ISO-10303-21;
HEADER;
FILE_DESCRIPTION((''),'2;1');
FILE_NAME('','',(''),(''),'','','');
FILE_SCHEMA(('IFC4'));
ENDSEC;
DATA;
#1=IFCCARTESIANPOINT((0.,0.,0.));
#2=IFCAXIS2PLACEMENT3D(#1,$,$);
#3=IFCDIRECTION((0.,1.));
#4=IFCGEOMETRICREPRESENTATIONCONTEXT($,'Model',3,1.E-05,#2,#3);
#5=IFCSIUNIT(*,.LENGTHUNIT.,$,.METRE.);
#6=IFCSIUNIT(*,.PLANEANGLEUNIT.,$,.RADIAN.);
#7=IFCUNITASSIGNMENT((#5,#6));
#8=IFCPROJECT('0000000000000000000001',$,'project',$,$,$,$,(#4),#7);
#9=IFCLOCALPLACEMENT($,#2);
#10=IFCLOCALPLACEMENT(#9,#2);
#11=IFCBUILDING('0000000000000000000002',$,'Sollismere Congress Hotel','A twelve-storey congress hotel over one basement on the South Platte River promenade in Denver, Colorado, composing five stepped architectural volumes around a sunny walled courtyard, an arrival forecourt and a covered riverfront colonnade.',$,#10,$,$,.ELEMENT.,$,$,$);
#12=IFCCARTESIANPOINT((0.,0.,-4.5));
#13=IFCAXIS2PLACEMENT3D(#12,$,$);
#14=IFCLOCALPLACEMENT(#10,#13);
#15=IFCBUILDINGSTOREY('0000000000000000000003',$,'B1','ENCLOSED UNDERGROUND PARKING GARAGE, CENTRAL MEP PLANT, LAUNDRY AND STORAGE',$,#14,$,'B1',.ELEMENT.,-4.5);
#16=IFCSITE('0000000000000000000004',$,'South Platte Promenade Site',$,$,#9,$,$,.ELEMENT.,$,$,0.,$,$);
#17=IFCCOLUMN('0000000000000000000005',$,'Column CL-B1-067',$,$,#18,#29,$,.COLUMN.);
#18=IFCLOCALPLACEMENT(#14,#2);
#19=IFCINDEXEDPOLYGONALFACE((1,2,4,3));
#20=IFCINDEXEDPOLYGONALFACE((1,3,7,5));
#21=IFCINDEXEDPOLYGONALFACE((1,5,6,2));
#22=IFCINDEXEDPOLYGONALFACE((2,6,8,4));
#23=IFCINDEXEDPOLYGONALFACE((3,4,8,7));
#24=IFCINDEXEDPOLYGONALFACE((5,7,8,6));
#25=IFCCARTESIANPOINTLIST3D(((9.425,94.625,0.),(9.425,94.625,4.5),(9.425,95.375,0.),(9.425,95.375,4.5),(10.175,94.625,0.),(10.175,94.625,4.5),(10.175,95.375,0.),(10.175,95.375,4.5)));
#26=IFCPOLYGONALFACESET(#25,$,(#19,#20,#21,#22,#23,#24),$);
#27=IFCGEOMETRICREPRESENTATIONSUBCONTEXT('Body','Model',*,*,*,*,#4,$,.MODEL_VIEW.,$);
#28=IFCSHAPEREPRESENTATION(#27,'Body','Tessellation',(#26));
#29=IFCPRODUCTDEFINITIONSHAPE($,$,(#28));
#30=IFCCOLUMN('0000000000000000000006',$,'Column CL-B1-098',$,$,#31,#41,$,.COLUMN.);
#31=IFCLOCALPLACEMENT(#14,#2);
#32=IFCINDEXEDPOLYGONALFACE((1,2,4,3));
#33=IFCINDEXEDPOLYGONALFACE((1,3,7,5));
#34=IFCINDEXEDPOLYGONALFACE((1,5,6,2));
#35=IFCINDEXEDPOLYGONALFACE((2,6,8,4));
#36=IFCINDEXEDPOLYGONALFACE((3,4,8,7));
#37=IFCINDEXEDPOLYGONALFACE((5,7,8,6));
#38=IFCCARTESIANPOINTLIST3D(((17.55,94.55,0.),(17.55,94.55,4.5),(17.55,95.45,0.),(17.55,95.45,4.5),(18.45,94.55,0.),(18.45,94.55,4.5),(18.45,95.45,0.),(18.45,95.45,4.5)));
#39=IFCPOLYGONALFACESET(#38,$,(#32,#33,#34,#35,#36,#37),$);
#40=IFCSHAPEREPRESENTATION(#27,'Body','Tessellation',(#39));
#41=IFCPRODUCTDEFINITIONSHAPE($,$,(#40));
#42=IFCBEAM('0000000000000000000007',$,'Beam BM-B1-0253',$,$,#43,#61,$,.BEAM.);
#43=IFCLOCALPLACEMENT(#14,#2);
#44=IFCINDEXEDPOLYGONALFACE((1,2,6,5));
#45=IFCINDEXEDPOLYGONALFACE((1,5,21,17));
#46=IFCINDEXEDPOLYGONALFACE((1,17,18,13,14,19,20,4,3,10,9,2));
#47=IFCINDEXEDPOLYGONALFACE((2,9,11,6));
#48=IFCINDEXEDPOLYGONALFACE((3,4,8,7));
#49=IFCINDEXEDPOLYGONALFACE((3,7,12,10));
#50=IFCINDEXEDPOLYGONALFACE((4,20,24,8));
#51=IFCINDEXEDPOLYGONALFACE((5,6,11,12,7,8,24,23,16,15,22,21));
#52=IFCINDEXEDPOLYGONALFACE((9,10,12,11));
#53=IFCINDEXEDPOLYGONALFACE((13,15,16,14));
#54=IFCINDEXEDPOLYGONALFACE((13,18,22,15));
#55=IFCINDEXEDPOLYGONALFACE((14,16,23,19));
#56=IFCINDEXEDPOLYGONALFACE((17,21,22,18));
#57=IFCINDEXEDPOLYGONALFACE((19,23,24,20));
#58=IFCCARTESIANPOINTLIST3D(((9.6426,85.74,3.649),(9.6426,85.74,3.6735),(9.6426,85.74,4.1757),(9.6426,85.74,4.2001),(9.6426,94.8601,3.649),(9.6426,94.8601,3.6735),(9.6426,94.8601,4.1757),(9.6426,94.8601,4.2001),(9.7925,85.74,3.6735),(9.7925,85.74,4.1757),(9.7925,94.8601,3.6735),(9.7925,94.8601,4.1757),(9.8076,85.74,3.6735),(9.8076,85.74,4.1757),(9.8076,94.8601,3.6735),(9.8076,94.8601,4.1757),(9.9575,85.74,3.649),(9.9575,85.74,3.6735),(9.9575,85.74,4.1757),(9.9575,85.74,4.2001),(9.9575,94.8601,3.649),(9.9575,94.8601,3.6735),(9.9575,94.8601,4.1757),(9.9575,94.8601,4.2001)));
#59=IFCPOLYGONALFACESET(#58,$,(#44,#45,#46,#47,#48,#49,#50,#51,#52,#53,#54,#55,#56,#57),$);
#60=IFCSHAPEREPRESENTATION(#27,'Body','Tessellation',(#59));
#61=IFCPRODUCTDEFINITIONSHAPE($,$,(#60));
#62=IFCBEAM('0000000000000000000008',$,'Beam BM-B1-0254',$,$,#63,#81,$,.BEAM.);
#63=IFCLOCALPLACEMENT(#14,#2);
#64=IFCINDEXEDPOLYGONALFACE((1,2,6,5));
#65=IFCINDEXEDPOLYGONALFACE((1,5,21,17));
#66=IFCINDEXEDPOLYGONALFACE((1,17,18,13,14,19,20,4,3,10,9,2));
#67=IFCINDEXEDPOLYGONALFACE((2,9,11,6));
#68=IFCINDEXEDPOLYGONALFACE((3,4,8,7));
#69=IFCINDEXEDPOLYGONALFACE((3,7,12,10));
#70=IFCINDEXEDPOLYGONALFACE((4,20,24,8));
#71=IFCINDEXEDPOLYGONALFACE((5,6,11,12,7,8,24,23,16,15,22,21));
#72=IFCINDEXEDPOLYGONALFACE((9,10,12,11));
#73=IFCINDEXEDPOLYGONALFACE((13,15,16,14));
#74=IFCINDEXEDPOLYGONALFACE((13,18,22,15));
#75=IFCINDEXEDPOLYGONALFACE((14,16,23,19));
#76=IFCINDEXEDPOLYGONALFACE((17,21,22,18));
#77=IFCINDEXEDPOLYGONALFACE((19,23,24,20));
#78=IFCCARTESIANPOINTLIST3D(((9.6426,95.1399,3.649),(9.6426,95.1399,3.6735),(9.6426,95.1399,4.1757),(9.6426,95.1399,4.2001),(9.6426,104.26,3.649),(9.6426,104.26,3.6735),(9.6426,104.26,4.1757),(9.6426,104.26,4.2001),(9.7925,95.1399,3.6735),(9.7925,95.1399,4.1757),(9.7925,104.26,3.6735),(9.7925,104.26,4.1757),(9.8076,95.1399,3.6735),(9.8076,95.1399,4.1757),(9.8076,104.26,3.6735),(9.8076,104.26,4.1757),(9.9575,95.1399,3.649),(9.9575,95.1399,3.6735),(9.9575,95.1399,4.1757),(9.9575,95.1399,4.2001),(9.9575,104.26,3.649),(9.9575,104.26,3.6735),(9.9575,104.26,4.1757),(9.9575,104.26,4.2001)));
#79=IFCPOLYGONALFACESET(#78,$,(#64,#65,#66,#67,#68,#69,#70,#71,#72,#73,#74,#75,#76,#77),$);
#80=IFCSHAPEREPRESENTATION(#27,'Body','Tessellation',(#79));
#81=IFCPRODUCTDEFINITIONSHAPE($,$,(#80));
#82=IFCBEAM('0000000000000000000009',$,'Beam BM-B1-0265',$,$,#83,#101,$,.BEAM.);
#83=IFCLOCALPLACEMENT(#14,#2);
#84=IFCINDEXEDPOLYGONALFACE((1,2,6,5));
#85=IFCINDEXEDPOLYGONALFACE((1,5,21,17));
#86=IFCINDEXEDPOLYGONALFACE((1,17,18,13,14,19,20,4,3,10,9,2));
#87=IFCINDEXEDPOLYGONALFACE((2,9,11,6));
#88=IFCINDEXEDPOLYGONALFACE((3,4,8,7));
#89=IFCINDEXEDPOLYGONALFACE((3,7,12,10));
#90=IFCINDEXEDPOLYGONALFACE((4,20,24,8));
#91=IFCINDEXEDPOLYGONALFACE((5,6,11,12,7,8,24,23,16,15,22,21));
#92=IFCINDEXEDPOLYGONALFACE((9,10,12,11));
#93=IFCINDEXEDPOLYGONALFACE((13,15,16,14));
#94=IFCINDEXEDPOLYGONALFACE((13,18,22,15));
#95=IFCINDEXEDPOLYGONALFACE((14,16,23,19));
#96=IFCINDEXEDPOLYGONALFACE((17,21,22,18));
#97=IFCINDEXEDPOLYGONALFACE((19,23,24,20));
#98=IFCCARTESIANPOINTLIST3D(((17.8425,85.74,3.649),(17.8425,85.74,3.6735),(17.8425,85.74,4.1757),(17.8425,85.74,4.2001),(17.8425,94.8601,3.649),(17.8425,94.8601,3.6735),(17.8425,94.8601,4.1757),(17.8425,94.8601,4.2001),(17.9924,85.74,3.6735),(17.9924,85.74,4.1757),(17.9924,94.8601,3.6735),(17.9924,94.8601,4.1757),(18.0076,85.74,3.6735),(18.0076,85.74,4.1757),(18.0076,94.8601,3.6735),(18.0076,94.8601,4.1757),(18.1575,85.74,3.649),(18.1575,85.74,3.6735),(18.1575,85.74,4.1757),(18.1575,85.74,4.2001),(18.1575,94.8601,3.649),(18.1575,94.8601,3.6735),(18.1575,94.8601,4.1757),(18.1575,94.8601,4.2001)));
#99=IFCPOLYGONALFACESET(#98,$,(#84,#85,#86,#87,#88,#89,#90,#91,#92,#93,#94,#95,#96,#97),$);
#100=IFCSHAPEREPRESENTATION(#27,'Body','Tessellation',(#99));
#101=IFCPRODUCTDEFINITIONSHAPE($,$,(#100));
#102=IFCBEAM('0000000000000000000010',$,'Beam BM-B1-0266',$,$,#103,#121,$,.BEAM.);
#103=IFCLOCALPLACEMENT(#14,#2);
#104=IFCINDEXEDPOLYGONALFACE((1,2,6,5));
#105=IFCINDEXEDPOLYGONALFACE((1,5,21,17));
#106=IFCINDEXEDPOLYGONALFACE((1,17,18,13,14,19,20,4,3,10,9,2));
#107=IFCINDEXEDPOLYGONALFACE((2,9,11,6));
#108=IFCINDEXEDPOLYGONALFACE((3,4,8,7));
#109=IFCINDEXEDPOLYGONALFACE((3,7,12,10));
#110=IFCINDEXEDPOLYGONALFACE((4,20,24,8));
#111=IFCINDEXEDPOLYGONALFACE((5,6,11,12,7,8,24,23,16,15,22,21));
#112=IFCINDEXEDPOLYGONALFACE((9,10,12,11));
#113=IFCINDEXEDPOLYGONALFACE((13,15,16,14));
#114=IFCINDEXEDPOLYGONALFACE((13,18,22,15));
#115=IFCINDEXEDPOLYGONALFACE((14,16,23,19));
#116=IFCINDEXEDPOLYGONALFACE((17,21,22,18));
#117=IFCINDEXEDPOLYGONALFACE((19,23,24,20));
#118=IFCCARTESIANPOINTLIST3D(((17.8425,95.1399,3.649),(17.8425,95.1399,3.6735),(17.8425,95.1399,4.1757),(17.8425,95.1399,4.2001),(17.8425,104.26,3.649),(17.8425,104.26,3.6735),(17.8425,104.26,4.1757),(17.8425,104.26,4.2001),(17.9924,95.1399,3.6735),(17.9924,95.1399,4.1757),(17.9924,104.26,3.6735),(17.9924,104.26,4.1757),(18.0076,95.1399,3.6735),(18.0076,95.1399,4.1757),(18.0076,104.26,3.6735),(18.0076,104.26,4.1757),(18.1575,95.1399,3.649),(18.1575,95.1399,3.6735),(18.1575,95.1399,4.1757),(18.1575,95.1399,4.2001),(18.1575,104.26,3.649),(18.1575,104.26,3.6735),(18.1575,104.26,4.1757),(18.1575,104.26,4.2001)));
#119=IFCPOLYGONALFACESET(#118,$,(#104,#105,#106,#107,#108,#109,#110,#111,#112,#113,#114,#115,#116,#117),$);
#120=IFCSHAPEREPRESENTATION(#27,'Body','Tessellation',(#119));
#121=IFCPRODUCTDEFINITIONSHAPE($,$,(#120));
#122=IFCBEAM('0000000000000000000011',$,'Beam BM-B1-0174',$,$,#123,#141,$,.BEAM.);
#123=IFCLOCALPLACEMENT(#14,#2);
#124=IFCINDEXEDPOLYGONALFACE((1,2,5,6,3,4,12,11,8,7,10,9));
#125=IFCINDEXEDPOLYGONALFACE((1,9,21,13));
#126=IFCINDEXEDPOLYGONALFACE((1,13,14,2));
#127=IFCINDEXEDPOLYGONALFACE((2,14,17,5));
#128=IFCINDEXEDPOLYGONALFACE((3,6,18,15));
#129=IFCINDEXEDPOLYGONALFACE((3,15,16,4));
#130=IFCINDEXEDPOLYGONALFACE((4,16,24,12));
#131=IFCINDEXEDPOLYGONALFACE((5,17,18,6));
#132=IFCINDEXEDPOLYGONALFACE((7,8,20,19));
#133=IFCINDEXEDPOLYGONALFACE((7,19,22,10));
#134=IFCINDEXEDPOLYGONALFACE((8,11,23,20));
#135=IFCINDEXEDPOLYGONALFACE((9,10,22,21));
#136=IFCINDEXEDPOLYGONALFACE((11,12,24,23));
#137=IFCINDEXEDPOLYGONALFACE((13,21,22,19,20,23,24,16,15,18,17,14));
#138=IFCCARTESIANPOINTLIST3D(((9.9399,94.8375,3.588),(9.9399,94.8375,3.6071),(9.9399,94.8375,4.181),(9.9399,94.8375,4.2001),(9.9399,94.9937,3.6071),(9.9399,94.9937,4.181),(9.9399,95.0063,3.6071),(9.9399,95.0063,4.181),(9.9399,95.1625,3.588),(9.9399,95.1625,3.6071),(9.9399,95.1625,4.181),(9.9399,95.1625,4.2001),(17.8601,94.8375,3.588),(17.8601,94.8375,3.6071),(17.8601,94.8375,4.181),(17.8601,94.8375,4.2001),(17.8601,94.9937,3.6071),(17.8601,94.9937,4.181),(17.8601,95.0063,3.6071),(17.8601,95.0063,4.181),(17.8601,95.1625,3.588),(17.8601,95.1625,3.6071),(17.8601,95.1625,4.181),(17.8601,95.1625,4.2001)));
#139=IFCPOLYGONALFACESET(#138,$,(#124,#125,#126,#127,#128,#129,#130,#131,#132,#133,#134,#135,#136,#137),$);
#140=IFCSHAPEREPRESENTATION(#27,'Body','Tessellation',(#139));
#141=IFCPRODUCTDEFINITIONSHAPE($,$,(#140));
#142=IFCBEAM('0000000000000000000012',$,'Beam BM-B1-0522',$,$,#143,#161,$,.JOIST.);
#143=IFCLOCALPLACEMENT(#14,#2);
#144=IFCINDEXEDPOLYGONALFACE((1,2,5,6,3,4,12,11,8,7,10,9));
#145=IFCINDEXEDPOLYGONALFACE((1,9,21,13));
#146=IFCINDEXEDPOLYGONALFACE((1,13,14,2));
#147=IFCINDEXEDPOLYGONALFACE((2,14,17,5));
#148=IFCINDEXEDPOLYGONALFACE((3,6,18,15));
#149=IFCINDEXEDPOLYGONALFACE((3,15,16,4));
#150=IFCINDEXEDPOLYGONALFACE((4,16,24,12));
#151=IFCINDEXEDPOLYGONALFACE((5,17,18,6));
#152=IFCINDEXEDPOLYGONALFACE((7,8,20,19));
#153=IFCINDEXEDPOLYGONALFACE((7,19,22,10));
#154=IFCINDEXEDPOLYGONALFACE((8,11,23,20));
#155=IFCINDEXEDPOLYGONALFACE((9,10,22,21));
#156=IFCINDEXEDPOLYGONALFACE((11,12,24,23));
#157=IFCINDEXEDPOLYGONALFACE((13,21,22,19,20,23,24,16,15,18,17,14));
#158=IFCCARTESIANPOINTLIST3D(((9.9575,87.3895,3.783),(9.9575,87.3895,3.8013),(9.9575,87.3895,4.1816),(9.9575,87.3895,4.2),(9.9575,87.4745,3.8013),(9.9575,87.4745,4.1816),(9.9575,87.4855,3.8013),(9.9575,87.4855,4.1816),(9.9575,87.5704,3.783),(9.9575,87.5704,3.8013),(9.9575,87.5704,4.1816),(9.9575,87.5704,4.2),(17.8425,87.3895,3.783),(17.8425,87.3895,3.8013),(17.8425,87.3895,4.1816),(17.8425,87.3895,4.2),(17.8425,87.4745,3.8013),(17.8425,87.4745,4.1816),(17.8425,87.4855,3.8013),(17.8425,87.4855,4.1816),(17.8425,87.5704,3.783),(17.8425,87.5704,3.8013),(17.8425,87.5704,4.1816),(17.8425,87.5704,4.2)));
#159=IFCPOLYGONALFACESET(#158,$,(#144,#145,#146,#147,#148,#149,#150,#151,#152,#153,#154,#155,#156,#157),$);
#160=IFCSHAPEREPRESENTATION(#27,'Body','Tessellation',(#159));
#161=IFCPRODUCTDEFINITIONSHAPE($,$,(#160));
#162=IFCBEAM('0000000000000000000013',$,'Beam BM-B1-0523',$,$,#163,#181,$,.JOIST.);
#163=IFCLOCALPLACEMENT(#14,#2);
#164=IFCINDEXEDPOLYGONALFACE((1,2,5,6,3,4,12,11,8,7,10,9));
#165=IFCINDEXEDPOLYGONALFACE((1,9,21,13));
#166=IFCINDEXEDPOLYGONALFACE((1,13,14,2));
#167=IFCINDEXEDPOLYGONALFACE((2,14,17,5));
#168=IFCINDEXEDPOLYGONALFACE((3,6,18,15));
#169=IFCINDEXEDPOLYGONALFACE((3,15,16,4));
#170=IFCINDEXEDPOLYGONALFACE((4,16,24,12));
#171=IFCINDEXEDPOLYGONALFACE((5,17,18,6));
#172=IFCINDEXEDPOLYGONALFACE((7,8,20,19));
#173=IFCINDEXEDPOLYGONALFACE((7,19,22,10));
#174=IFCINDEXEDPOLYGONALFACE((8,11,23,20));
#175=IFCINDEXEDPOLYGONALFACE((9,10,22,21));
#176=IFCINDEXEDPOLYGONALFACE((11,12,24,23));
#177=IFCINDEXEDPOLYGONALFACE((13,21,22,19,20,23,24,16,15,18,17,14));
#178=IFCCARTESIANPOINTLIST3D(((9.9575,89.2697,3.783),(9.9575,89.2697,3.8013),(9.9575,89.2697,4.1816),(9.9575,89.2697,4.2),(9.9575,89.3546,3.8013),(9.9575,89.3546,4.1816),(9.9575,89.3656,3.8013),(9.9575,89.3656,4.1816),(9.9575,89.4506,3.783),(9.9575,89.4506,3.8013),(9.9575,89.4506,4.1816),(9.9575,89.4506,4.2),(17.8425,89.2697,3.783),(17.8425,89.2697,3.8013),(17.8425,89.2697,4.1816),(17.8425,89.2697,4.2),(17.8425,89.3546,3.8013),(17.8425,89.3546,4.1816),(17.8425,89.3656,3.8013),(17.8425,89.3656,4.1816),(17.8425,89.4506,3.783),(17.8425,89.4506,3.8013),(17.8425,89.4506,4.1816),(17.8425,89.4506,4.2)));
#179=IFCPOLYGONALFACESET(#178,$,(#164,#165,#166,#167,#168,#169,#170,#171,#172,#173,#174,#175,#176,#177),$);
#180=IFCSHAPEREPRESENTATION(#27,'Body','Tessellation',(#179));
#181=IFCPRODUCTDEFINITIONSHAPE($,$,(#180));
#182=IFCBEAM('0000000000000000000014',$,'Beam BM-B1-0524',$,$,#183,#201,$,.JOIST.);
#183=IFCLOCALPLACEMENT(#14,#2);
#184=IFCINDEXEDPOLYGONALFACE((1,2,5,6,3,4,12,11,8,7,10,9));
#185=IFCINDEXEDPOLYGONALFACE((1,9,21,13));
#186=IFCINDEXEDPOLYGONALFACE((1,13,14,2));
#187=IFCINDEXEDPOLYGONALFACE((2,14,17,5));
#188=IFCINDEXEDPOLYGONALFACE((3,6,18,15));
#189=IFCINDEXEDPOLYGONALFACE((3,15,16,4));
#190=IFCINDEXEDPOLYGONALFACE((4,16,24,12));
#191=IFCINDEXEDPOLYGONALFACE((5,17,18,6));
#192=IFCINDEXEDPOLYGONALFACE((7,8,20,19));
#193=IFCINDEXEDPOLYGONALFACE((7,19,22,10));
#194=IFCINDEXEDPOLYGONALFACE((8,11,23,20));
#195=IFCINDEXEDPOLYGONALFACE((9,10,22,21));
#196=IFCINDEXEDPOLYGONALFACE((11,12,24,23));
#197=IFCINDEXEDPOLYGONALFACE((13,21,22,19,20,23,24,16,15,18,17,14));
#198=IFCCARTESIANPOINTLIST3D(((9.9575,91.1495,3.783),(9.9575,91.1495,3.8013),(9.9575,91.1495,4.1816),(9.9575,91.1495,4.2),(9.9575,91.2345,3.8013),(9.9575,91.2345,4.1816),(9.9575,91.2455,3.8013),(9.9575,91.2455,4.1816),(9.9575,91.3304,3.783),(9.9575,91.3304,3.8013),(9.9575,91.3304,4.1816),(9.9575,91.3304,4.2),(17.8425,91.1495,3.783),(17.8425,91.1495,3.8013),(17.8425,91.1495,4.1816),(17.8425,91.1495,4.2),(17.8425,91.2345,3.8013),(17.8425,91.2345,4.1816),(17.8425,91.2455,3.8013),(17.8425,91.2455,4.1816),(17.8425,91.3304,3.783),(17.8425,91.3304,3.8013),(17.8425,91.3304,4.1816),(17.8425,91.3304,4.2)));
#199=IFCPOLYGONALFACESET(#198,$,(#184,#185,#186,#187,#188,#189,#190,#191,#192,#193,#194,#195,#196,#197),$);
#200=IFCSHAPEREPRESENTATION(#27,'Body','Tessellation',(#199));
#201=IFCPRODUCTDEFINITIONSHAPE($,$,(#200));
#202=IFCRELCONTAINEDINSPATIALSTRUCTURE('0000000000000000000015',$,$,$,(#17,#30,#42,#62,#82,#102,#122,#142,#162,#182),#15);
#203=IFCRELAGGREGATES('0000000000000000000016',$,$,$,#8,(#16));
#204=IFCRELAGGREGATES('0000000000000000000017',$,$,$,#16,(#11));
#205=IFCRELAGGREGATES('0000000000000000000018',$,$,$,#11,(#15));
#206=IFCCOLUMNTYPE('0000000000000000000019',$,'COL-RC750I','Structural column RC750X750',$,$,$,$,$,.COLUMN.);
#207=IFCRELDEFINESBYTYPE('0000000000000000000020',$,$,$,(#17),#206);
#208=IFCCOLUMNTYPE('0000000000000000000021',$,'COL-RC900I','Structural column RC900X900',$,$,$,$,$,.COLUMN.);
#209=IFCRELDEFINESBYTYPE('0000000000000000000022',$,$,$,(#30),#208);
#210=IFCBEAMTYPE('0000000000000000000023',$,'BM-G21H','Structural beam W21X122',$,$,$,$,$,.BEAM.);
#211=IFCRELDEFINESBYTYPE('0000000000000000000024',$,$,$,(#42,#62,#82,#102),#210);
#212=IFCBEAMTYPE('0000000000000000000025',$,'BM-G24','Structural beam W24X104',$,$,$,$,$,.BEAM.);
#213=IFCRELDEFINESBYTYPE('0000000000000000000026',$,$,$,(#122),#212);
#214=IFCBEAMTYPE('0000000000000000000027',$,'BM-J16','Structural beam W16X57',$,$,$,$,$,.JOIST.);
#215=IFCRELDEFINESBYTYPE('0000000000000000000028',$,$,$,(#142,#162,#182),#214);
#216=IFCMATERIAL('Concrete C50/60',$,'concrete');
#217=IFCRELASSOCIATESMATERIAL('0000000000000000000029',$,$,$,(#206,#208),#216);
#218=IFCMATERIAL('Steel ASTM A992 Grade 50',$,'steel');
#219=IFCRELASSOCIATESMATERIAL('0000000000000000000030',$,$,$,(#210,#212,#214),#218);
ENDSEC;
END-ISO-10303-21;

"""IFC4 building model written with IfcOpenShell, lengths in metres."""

from ifc_helpers import new_model, si_unit, direction, frame, origin, origin_2d, place, context, subcontext, project, spatial, rectangle, i_section, extrude, material, material_profile, profile_set, type_object, element, save


model = new_model("IFC4")

# Units and contexts
model_context = context("Model", 3, precision=1e-05, world=origin(), true_north=direction((0.0, 1.0)))
body_context = subcontext(model_context, "Body", "Model", "MODEL_VIEW")
ifc_project = project(units=[si_unit("LENGTHUNIT", "METRE"), si_unit("PLANEANGLEUNIT", "RADIAN")], contexts=[model_context])

# Site, building, storey
site_placement = place(None, origin())
site = spatial("IfcSite", under=ifc_project, at=site_placement, Name="South Platte Promenade Site", CompositionType="ELEMENT", RefElevation=0.0)
building_placement = place(site_placement, origin())
building = spatial("IfcBuilding", under=site, at=building_placement, Name="Sollismere Congress Hotel", Description="A twelve-storey congress hotel over one basement on the South Platte River promenade in Denver, Colorado, composing five stepped architectural volumes around a sunny walled courtyard, an arrival forecourt and a covered riverfront colonnade.", CompositionType="ELEMENT")
storey_placement = place(building_placement, frame((0.0, 0.0, -4.5)))
storey = spatial("IfcBuildingStorey", under=building, at=storey_placement, Name="B1", Description="ENCLOSED UNDERGROUND PARKING GARAGE, CENTRAL MEP PLANT, LAUNDRY AND STORAGE", LongName="B1", CompositionType="ELEMENT", Elevation=-4.5)

# Columns
ifc_material_1 = material(Name="Concrete C50/60", Category="concrete")
ifc_material_profile_1 = material_profile(ifc_material_1, rectangle(XDim=0.75, YDim=0.75, at=origin_2d()), Name="RC750X750")
ifc_profile_set_1 = profile_set([ifc_material_profile_1], Name="Concrete C50/60")
column_type_1 = type_object("IfcColumnType", Name="COL-RC750I", Description="Structural column RC750X750", PredefinedType="COLUMN", material=ifc_profile_set_1)
column_1_placement = place(storey_placement, frame((9.8, 95.0, 0.0), z_axis=(0.0, 0.0, 1.0), x_axis=(1.0, 0.0, 0.0)))
element("IfcColumn", 1, at=column_1_placement, inside=storey, type_object=column_type_1, Name="Column CL-B1-067", PredefinedType="COLUMN", context=body_context, shape_type="SweptSolid", body=[
    extrude(rectangle(XDim=0.75, YDim=0.75, at=origin_2d()), origin(), (0.0, 0.0, 1.0), 4.5),
])
ifc_material_profile_2 = material_profile(ifc_material_1, rectangle(XDim=0.8999, YDim=0.8999, at=origin_2d()), Name="RC900X900")
ifc_profile_set_2 = profile_set([ifc_material_profile_2], Name="Concrete C50/60")
column_type_2 = type_object("IfcColumnType", Name="COL-RC900I", Description="Structural column RC900X900", PredefinedType="COLUMN", material=ifc_profile_set_2)
column_2_placement = place(storey_placement, frame((18.0, 95.0, 0.0), z_axis=(0.0, 0.0, 1.0), x_axis=(1.0, 0.0, 0.0)))
element("IfcColumn", 2, at=column_2_placement, inside=storey, type_object=column_type_2, Name="Column CL-B1-098", PredefinedType="COLUMN", context=body_context, shape_type="SweptSolid", body=[
    extrude(rectangle(XDim=0.8999, YDim=0.8999, at=origin_2d()), origin(), (0.0, 0.0, 1.0), 4.5),
])

# Beams
ifc_material_2 = material(Name="Steel ASTM A992 Grade 50", Category="steel")
ifc_material_profile_3 = material_profile(ifc_material_2, i_section(OverallWidth=0.3149, OverallDepth=0.551, WebThickness=0.0151, FlangeThickness=0.0244, at=origin_2d()), Name="W21X122")
ifc_profile_set_3 = profile_set([ifc_material_profile_3], Name="Steel ASTM A992 Grade 50")
beam_type_1 = type_object("IfcBeamType", Name="BM-G21H", Description="Structural beam W21X122", PredefinedType="BEAM", material=ifc_profile_set_3)
for number, where, z_axis, x_axis, name in (
    (3, (9.8, 85.74, 3.9246), (0.0, 1.0, 0.0), (-1.0, 0.0, 0.0), "Beam BM-B1-0253"),
    (4, (9.8, 95.1399, 3.9246), (0.0, 1.0, 0.0), (-1.0, 0.0, 0.0), "Beam BM-B1-0254"),
    (5, (18.0, 85.74, 3.9246), (0.0, 1.0, 0.0), (-1.0, 0.0, 0.0), "Beam BM-B1-0265"),
    (6, (18.0, 95.1399, 3.9246), (0.0, 1.0, 0.0), (-1.0, 0.0, 0.0), "Beam BM-B1-0266"),
):
    element("IfcBeam", number, at=place(storey_placement, frame(where, z_axis=z_axis, x_axis=x_axis)), inside=storey, type_object=beam_type_1, Name=name, PredefinedType="BEAM", context=body_context, shape_type="SweptSolid", body=[
        extrude(i_section(OverallWidth=0.3149, OverallDepth=0.551, WebThickness=0.0151, FlangeThickness=0.0244, at=origin_2d()), origin(), (0.0, 0.0, 1.0), 9.1201),
    ])
ifc_material_profile_4 = material_profile(ifc_material_2, i_section(OverallWidth=0.325, OverallDepth=0.6121, WebThickness=0.0127, FlangeThickness=0.019, at=origin_2d()), Name="W24X104")
ifc_profile_set_4 = profile_set([ifc_material_profile_4], Name="Steel ASTM A992 Grade 50")
beam_type_2 = type_object("IfcBeamType", Name="BM-G24", Description="Structural beam W24X104", PredefinedType="BEAM", material=ifc_profile_set_4)
beam_placement = place(storey_placement, frame((9.9399, 95.0, 3.894), z_axis=(1.0, 0.0, 0.0), x_axis=(0.0, 1.0, 0.0)))
element("IfcBeam", 7, at=beam_placement, inside=storey, type_object=beam_type_2, Name="Beam BM-B1-0174", PredefinedType="BEAM", context=body_context, shape_type="SweptSolid", body=[
    extrude(i_section(OverallWidth=0.325, OverallDepth=0.6121, WebThickness=0.0127, FlangeThickness=0.019, at=origin_2d()), origin(), (0.0, 0.0, 1.0), 7.9202),
])
ifc_material_profile_5 = material_profile(ifc_material_2, i_section(OverallWidth=0.1809, OverallDepth=0.417, WebThickness=0.011, FlangeThickness=0.0183, at=origin_2d()), Name="W16X57")
ifc_profile_set_5 = profile_set([ifc_material_profile_5], Name="Steel ASTM A992 Grade 50")
beam_type_3 = type_object("IfcBeamType", Name="BM-J16", Description="Structural beam W16X57", PredefinedType="JOIST", material=ifc_profile_set_5)
for number, where, z_axis, x_axis, name in (
    (8, (9.9575, 87.48, 3.9915), (1.0, 0.0, 0.0), (0.0, 1.0, 0.0), "Beam BM-B1-0522"),
    (9, (9.9575, 89.3601, 3.9915), (1.0, 0.0, 0.0), (0.0, 1.0, 0.0), "Beam BM-B1-0523"),
    (10, (9.9575, 91.24, 3.9915), (1.0, 0.0, 0.0), (0.0, 1.0, 0.0), "Beam BM-B1-0524"),
):
    element("IfcBeam", number, at=place(storey_placement, frame(where, z_axis=z_axis, x_axis=x_axis)), inside=storey, type_object=beam_type_3, Name=name, PredefinedType="JOIST", context=body_context, shape_type="SweptSolid", body=[
        extrude(i_section(OverallWidth=0.1809, OverallDepth=0.417, WebThickness=0.011, FlangeThickness=0.0183, at=origin_2d()), origin(), (0.0, 0.0, 1.0), 7.885),
    ])

save(model, "model.ifc")
